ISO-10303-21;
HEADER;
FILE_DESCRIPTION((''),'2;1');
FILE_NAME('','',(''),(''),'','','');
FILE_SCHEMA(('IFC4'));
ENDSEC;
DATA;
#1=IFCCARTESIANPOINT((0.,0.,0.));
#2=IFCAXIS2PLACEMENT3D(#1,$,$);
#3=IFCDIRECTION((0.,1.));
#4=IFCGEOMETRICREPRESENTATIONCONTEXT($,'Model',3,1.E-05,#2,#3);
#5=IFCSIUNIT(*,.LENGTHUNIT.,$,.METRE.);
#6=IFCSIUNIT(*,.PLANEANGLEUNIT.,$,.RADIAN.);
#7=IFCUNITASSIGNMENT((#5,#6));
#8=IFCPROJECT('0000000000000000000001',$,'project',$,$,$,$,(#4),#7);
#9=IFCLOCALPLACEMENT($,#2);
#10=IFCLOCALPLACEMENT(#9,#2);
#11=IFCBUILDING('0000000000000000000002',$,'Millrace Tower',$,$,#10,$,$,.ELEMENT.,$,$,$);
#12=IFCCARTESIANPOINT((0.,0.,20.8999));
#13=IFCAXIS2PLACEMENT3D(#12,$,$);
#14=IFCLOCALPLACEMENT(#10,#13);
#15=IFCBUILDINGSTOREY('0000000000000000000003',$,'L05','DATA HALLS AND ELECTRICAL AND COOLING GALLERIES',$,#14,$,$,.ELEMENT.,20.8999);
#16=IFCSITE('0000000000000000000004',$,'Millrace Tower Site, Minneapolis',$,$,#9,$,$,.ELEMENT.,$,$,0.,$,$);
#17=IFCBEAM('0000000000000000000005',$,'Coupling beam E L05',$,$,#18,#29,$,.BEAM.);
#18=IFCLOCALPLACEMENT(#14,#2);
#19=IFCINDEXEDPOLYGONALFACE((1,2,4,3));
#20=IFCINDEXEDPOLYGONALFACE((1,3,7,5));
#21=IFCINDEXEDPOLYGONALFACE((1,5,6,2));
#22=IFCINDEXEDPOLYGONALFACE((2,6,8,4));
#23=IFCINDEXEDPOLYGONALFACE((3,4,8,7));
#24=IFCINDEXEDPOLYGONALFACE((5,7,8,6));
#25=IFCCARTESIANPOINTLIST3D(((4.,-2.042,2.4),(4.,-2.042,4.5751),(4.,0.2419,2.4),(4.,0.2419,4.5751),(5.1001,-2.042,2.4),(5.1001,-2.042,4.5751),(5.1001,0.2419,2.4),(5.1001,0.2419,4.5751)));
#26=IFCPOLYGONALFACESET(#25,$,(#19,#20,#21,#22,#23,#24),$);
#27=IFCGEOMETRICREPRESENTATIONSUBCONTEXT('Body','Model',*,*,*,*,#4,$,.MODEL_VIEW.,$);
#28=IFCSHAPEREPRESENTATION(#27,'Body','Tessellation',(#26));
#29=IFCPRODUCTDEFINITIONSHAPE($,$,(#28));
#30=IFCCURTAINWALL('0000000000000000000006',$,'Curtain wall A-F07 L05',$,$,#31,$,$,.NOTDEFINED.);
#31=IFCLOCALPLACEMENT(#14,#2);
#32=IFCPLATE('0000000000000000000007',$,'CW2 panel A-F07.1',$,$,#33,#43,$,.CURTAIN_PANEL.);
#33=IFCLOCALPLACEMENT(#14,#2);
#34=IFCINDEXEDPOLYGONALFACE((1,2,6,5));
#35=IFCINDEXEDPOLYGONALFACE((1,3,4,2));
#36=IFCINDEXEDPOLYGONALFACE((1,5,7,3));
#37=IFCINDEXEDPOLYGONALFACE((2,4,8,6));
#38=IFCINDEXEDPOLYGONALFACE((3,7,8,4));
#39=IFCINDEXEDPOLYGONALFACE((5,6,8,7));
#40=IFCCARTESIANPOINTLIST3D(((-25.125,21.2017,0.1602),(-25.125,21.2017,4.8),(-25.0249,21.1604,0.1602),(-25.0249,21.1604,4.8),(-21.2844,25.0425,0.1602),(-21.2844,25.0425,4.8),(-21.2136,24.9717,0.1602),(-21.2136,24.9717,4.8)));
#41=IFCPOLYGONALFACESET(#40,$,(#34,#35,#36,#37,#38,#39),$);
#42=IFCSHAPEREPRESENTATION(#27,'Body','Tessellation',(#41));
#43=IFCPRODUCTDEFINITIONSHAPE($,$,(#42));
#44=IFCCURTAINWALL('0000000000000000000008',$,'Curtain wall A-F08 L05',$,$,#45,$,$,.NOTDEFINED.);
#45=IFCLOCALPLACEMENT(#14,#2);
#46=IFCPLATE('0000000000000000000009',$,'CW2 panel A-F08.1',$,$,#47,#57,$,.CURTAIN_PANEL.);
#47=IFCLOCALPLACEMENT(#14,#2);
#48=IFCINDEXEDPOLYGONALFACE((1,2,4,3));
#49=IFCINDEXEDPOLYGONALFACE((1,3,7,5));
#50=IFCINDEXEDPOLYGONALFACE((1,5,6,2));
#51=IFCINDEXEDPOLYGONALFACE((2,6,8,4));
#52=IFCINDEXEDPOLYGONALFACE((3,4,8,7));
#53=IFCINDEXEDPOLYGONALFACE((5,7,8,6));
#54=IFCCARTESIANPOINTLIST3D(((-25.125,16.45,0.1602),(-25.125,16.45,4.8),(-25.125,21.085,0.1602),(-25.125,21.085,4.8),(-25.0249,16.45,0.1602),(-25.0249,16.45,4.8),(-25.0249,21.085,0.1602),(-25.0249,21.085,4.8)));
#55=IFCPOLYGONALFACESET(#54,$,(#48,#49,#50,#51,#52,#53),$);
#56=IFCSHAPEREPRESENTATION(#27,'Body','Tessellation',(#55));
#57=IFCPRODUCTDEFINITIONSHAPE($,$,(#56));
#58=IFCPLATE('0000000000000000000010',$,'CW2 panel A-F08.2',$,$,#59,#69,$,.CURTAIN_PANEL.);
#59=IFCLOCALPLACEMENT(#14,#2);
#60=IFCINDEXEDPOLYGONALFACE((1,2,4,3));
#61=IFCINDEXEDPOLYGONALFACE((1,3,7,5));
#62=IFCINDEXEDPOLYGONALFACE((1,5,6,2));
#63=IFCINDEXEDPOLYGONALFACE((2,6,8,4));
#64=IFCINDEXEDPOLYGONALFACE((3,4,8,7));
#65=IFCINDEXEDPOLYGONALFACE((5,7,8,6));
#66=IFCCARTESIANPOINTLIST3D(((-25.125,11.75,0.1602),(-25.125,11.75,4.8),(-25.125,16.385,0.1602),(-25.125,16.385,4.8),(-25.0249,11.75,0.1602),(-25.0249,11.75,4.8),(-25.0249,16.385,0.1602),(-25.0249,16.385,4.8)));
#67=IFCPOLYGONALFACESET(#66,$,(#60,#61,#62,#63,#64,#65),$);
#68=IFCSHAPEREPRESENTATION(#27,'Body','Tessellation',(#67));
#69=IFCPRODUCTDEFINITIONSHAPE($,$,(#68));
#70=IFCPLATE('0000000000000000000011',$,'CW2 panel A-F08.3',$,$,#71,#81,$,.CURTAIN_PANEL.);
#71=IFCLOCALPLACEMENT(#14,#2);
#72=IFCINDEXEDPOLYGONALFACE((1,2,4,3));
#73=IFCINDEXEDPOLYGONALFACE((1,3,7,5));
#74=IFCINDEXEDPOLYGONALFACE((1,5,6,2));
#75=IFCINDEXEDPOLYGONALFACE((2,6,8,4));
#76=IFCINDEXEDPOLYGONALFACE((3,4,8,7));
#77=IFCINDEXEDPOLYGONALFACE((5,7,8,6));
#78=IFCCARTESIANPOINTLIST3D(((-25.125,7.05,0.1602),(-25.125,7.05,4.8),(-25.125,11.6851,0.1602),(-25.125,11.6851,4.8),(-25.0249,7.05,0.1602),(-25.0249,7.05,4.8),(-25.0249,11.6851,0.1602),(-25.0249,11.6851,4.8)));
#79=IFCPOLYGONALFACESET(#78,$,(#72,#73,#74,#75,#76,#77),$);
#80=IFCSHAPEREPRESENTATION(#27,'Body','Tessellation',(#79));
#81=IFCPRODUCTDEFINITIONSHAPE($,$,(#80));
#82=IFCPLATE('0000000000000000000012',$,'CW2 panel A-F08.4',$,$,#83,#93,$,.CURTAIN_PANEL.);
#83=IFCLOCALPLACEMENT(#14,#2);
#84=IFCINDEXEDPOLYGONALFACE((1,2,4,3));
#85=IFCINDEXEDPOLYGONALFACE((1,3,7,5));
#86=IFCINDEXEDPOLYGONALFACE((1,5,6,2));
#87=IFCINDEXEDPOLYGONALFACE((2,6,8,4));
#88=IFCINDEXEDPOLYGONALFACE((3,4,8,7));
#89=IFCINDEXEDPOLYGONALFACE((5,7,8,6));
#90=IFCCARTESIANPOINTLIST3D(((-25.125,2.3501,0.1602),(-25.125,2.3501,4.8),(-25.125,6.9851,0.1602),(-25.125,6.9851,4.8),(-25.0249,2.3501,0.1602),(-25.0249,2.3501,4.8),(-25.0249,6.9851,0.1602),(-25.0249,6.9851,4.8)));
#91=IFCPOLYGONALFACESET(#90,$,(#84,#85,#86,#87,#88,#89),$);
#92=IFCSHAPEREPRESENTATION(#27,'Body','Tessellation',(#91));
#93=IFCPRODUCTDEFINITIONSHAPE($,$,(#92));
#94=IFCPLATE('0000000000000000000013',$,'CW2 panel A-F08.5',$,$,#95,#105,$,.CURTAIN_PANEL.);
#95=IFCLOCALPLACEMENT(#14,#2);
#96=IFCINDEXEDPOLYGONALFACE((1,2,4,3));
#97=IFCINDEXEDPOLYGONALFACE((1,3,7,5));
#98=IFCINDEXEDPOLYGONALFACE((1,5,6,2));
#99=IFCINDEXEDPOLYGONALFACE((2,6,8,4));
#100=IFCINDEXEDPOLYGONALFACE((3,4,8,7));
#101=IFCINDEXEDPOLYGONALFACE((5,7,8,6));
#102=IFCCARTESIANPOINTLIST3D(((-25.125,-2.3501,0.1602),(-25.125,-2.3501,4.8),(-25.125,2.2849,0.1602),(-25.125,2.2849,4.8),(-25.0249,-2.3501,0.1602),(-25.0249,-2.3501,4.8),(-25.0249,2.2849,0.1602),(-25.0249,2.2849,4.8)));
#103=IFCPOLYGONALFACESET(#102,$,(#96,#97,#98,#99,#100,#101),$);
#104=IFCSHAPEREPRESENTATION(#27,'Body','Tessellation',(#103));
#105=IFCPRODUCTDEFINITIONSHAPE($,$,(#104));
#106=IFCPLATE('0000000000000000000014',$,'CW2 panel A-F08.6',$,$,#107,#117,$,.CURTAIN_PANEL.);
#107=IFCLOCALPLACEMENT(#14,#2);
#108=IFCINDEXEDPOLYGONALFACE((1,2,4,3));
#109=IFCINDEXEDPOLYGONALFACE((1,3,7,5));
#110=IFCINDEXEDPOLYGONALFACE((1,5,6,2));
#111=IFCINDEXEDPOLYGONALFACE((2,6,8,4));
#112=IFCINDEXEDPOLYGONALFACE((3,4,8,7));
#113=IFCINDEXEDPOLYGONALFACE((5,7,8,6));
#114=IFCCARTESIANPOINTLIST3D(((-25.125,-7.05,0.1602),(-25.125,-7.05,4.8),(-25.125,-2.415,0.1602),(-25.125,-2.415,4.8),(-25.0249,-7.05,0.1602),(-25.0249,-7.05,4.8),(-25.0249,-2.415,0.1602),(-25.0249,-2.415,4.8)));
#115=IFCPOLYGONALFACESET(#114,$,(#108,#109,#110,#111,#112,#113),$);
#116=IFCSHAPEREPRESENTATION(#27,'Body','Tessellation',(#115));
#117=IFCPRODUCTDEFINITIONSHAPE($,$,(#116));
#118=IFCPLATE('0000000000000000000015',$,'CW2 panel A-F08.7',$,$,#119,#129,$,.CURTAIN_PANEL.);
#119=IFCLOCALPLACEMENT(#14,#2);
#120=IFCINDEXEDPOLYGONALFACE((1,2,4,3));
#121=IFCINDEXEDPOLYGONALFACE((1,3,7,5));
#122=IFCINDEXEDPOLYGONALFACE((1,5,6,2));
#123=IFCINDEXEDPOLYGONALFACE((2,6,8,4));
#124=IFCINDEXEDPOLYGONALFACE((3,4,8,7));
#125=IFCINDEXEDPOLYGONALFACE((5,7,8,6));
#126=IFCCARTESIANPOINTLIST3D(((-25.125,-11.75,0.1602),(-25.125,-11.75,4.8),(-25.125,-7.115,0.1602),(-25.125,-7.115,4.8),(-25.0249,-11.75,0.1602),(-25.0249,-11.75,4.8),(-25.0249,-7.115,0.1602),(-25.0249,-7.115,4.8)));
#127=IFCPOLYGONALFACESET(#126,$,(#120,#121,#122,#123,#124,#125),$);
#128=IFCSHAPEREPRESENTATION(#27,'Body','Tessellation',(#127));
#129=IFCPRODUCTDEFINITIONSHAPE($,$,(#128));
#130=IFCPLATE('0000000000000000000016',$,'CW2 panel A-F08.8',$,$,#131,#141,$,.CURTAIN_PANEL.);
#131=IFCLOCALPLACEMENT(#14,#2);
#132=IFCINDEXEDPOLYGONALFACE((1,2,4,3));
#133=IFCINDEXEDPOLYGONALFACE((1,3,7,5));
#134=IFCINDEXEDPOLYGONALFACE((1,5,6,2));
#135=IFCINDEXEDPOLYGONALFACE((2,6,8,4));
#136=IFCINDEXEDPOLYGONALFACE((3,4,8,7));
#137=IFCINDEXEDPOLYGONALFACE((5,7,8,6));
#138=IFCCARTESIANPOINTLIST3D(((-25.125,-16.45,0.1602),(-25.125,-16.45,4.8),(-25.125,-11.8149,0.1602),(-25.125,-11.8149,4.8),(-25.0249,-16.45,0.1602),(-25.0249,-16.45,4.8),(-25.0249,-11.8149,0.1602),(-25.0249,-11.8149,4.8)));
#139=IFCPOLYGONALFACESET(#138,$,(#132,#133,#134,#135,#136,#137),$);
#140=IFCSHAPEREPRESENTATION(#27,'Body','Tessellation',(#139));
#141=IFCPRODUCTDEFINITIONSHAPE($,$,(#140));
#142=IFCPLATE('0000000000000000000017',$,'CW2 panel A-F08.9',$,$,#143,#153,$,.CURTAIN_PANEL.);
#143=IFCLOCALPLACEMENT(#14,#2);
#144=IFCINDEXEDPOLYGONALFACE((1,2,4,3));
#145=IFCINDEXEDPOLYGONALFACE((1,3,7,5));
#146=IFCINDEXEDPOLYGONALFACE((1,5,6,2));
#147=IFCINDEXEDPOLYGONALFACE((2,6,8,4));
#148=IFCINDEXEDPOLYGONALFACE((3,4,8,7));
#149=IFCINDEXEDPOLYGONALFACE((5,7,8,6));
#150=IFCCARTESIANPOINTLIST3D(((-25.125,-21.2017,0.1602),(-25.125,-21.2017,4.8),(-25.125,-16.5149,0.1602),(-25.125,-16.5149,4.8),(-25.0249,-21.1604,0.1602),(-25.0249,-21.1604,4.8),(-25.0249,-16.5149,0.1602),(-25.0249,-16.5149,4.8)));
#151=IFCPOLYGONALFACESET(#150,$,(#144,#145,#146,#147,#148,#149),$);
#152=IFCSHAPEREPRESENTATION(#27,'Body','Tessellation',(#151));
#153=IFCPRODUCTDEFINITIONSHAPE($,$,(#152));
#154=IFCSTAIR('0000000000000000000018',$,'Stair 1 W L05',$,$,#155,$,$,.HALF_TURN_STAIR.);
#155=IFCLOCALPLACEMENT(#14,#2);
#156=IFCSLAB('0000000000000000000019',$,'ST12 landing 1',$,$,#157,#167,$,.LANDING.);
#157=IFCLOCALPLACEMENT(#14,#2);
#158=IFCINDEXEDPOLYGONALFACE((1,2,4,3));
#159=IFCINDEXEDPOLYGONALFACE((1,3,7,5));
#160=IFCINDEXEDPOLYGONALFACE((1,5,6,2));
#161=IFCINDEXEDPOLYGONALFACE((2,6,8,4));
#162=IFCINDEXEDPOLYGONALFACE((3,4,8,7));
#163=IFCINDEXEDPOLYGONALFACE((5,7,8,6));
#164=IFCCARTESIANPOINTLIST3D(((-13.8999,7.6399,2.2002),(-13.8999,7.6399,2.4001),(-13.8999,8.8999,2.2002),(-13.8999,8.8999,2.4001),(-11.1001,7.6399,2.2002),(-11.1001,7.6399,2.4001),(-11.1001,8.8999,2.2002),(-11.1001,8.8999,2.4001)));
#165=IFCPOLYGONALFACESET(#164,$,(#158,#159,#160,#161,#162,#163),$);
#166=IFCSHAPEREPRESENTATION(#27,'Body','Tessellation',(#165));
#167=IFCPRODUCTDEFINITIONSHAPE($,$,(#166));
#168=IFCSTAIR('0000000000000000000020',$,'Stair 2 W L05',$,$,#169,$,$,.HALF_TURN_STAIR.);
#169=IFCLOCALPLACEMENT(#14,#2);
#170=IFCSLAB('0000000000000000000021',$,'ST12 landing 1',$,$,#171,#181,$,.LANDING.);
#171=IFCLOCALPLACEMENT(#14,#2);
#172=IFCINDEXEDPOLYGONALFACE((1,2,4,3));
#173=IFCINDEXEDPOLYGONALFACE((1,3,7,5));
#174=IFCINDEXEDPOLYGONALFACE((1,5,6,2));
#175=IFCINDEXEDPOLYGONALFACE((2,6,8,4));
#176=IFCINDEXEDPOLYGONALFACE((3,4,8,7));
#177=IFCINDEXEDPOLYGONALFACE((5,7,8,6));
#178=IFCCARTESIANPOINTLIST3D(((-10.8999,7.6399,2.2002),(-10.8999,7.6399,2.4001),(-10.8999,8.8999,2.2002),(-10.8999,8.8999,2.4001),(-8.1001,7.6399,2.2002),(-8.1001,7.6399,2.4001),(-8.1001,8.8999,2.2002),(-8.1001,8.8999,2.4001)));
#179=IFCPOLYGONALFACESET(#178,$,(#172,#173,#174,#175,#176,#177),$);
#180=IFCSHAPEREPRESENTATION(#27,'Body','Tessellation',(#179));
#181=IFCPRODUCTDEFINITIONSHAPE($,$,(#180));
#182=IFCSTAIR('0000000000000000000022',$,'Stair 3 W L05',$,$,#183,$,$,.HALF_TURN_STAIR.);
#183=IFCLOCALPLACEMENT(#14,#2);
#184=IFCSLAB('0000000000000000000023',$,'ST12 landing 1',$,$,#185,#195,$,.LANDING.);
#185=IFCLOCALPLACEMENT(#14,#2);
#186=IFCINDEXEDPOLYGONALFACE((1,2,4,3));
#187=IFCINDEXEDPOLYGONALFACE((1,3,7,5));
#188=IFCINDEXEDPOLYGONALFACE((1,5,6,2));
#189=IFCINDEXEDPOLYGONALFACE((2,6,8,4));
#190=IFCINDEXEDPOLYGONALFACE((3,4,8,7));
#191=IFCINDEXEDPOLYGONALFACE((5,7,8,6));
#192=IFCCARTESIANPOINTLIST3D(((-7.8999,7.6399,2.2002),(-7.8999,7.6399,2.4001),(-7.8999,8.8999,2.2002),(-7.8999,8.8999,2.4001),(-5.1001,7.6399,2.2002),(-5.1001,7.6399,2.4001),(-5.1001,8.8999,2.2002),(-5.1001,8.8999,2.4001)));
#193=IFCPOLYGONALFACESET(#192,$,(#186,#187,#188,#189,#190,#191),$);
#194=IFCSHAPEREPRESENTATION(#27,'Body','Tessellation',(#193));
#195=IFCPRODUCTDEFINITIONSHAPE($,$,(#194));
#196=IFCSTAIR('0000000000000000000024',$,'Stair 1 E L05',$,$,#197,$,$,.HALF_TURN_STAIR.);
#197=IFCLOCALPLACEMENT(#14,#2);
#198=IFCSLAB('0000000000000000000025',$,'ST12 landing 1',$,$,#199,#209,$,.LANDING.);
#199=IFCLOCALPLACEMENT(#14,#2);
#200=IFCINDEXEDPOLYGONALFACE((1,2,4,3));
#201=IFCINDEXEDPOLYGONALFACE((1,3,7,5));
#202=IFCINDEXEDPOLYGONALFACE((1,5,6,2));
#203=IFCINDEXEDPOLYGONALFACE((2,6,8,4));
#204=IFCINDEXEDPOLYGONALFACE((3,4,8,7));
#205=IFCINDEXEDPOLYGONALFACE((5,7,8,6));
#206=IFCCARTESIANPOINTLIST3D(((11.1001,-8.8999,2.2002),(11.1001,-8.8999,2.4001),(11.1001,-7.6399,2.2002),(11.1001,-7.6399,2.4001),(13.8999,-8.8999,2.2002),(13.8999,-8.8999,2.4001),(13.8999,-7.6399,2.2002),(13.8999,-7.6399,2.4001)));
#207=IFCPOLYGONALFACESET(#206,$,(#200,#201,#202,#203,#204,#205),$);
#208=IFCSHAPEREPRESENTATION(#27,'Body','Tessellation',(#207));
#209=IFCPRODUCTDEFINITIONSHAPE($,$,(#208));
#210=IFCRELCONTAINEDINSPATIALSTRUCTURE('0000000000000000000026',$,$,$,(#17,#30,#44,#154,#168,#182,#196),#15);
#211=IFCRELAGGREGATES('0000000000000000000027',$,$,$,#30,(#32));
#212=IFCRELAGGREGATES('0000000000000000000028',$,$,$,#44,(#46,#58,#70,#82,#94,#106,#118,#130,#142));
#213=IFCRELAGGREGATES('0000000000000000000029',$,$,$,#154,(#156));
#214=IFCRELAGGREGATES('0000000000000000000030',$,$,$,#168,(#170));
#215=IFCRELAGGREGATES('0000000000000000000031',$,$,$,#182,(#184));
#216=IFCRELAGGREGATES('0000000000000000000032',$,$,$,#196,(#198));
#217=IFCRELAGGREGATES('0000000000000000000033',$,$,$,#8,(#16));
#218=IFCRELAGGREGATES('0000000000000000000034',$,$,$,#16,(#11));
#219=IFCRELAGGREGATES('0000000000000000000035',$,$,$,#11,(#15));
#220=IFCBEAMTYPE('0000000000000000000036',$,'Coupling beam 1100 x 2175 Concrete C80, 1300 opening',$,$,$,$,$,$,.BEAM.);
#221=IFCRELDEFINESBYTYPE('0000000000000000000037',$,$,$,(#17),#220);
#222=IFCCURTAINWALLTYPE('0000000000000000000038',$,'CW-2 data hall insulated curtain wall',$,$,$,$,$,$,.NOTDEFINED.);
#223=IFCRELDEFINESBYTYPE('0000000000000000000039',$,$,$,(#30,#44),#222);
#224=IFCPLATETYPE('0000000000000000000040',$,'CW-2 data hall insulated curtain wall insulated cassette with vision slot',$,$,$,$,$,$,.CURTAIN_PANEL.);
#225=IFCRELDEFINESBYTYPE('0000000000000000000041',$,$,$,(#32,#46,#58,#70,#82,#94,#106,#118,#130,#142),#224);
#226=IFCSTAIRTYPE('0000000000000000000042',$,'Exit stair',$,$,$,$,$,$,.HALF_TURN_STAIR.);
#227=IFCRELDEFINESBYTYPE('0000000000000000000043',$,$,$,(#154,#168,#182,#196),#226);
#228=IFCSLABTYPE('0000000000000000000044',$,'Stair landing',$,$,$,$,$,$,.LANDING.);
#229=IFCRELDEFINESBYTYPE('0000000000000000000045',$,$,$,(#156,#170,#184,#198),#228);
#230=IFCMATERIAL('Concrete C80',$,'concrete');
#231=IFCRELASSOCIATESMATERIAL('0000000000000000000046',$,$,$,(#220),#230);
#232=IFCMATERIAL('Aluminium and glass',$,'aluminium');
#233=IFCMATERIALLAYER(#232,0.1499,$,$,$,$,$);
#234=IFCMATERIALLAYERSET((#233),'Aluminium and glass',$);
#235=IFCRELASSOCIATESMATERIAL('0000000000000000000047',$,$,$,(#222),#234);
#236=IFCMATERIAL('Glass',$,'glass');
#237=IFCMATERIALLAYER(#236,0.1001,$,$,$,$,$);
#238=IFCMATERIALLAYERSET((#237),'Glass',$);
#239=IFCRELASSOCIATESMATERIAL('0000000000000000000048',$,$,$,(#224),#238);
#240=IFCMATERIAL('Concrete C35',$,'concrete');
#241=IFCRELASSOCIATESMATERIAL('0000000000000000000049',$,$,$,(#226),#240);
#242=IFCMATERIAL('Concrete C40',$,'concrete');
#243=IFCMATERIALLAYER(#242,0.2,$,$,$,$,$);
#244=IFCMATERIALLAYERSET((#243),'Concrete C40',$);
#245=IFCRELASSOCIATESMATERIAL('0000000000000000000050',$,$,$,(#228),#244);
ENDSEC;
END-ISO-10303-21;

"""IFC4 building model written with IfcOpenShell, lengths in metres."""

from ifc_helpers import new_model, si_unit, direction, frame, origin, origin_2d, place, context, subcontext, project, spatial, polyline, rectangle, outline, extrude, material, layer, layer_set, material_profile, profile_set, type_object, element, aggregate, save


model = new_model("IFC4")

# Units and contexts
model_context = context("Model", 3, precision=1e-05, world=origin(), true_north=direction((0.0, 1.0)))
body_context = subcontext(model_context, "Body", "Model", "MODEL_VIEW")
ifc_project = project(units=[si_unit("LENGTHUNIT", "METRE"), si_unit("PLANEANGLEUNIT", "RADIAN")], contexts=[model_context])

# Site, building, storey
site_placement = place(None, origin())
site = spatial("IfcSite", under=ifc_project, at=site_placement, Name="Millrace Tower Site, Minneapolis", CompositionType="ELEMENT", RefElevation=0.0)
building_placement = place(site_placement, origin())
building = spatial("IfcBuilding", under=site, at=building_placement, Name="Millrace Tower", CompositionType="ELEMENT")
storey_placement = place(building_placement, frame((0.0, 0.0, 20.8999)))
storey = spatial("IfcBuildingStorey", under=building, at=storey_placement, Name="L05", Description="DATA HALLS AND ELECTRICAL AND COOLING GALLERIES", CompositionType="ELEMENT", Elevation=20.8999)

# Beam
ifc_material_1 = material(Name="Concrete C80", Category="concrete")
ifc_material_profile = material_profile(ifc_material_1, rectangle(XDim=1.1001, YDim=2.175, at=origin_2d()))
ifc_profile_set = profile_set([ifc_material_profile], Name="Concrete C80")
beam_type = type_object("IfcBeamType", Name="Coupling beam 1100 x 2175 Concrete C80, 1300 opening", PredefinedType="BEAM", material=ifc_profile_set)
beam_placement = place(storey_placement, frame((4.55, 0.2419, 3.4875), z_axis=(0.0, -1.0, 0.0), x_axis=(1.0, 0.0, 0.0)))
element("IfcBeam", 1, at=beam_placement, inside=storey, type_object=beam_type, Name="Coupling beam E L05", PredefinedType="BEAM", context=body_context, shape_type="SweptSolid", body=[
    extrude(rectangle(XDim=1.1001, YDim=2.175, at=origin_2d()), origin(), (0.0, 0.0, 1.0), 2.2839),
])

# Curtain wall, plate
ifc_material_2 = material(Name="Aluminium and glass", Category="aluminium")
ifc_layer_1 = layer(ifc_material_2, 0.1499)
ifc_layer_set_1 = layer_set([ifc_layer_1], Name="Aluminium and glass")
curtain_wall_type = type_object("IfcCurtainWallType", Name="CW-2 data hall insulated curtain wall", PredefinedType="NOTDEFINED", material=ifc_layer_set_1)
placement_1 = place(storey_placement, origin())
curtain_wall_1 = element("IfcCurtainWall", 2, at=placement_1, inside=storey, type_object=curtain_wall_type, Name="Curtain wall A-F07 L05", PredefinedType="NOTDEFINED")
ifc_material_3 = material(Name="Glass", Category="glass")
ifc_layer_2 = layer(ifc_material_3, 0.1001)
ifc_layer_set_2 = layer_set([ifc_layer_2], Name="Glass")
plate_type = type_object("IfcPlateType", Name="CW-2 data hall insulated curtain wall insulated cassette with vision slot", PredefinedType="CURTAIN_PANEL", material=ifc_layer_set_2)
placement_2 = place(storey_placement, frame((0.0, 0.0, 0.1602)))
plate_1 = element("IfcPlate", 3, at=placement_2, type_object=plate_type, Name="CW2 panel A-F07.1", PredefinedType="CURTAIN_PANEL", context=body_context, shape_type="SweptSolid", body=[
    extrude(outline(polyline([(-21.2844, 25.0425), (-25.125, 21.2017), (-25.0249, 21.1604), (-21.2136, 24.9717), (-21.2844, 25.0425)])), origin(), (0.0, 0.0, 1.0), 4.6399),
])
aggregate(curtain_wall_1, [plate_1])

# Curtain wall, plates
curtain_wall_2 = element("IfcCurtainWall", 4, at=placement_1, inside=storey, type_object=curtain_wall_type, Name="Curtain wall A-F08 L05", PredefinedType="NOTDEFINED")
plate_2 = element("IfcPlate", 5, at=placement_2, type_object=plate_type, Name="CW2 panel A-F08.1", PredefinedType="CURTAIN_PANEL", context=body_context, shape_type="SweptSolid", body=[
    extrude(outline(polyline([(-25.125, 21.085), (-25.125, 16.45), (-25.0249, 16.45), (-25.0249, 21.085), (-25.125, 21.085)])), origin(), (0.0, 0.0, 1.0), 4.6399),
])
plate_3 = element("IfcPlate", 6, at=placement_2, type_object=plate_type, Name="CW2 panel A-F08.2", PredefinedType="CURTAIN_PANEL", context=body_context, shape_type="SweptSolid", body=[
    extrude(outline(polyline([(-25.125, 16.385), (-25.125, 11.75), (-25.0249, 11.75), (-25.0249, 16.385), (-25.125, 16.385)])), origin(), (0.0, 0.0, 1.0), 4.6399),
])
plate_4 = element("IfcPlate", 7, at=placement_2, type_object=plate_type, Name="CW2 panel A-F08.3", PredefinedType="CURTAIN_PANEL", context=body_context, shape_type="SweptSolid", body=[
    extrude(outline(polyline([(-25.125, 11.6851), (-25.125, 7.05), (-25.0249, 7.05), (-25.0249, 11.6851), (-25.125, 11.6851)])), origin(), (0.0, 0.0, 1.0), 4.6399),
])
plate_5 = element("IfcPlate", 8, at=placement_2, type_object=plate_type, Name="CW2 panel A-F08.4", PredefinedType="CURTAIN_PANEL", context=body_context, shape_type="SweptSolid", body=[
    extrude(outline(polyline([(-25.125, 6.9851), (-25.125, 2.3501), (-25.0249, 2.3501), (-25.0249, 6.9851), (-25.125, 6.9851)])), origin(), (0.0, 0.0, 1.0), 4.6399),
])
plate_6 = element("IfcPlate", 9, at=placement_2, type_object=plate_type, Name="CW2 panel A-F08.5", PredefinedType="CURTAIN_PANEL", context=body_context, shape_type="SweptSolid", body=[
    extrude(outline(polyline([(-25.125, 2.2849), (-25.125, -2.3501), (-25.0249, -2.3501), (-25.0249, 2.2849), (-25.125, 2.2849)])), origin(), (0.0, 0.0, 1.0), 4.6399),
])
plate_7 = element("IfcPlate", 10, at=placement_2, type_object=plate_type, Name="CW2 panel A-F08.6", PredefinedType="CURTAIN_PANEL", context=body_context, shape_type="SweptSolid", body=[
    extrude(outline(polyline([(-25.125, -2.415), (-25.125, -7.05), (-25.0249, -7.05), (-25.0249, -2.415), (-25.125, -2.415)])), origin(), (0.0, 0.0, 1.0), 4.6399),
])
plate_8 = element("IfcPlate", 11, at=placement_2, type_object=plate_type, Name="CW2 panel A-F08.7", PredefinedType="CURTAIN_PANEL", context=body_context, shape_type="SweptSolid", body=[
    extrude(outline(polyline([(-25.125, -7.115), (-25.125, -11.75), (-25.0249, -11.75), (-25.0249, -7.115), (-25.125, -7.115)])), origin(), (0.0, 0.0, 1.0), 4.6399),
])
plate_9 = element("IfcPlate", 12, at=placement_2, type_object=plate_type, Name="CW2 panel A-F08.8", PredefinedType="CURTAIN_PANEL", context=body_context, shape_type="SweptSolid", body=[
    extrude(outline(polyline([(-25.125, -11.8149), (-25.125, -16.45), (-25.0249, -16.45), (-25.0249, -11.8149), (-25.125, -11.8149)])), origin(), (0.0, 0.0, 1.0), 4.6399),
])
plate_10 = element("IfcPlate", 13, at=placement_2, type_object=plate_type, Name="CW2 panel A-F08.9", PredefinedType="CURTAIN_PANEL", context=body_context, shape_type="SweptSolid", body=[
    extrude(outline(polyline([(-25.125, -16.5149), (-25.125, -21.2017), (-25.0249, -21.1604), (-25.0249, -16.5149), (-25.125, -16.5149)])), origin(), (0.0, 0.0, 1.0), 4.6399),
])
aggregate(curtain_wall_2, [plate_2, plate_3, plate_4, plate_5, plate_6, plate_7, plate_8, plate_9, plate_10])

# Stairs, slabs
ifc_material_4 = material(Name="Concrete C35", Category="concrete")
stair_type = type_object("IfcStairType", Name="Exit stair", PredefinedType="HALF_TURN_STAIR", material=ifc_material_4)
stair_1 = element("IfcStair", 14, at=placement_1, inside=storey, type_object=stair_type, Name="Stair 1 W L05", PredefinedType="HALF_TURN_STAIR")
ifc_material_5 = material(Name="Concrete C40", Category="concrete")
ifc_layer_3 = layer(ifc_material_5, 0.2)
ifc_layer_set_3 = layer_set([ifc_layer_3], Name="Concrete C40")
slab_type = type_object("IfcSlabType", Name="Stair landing", PredefinedType="LANDING", material=ifc_layer_set_3)
placement_3 = place(storey_placement, frame((0.0, 0.0, 2.2002)))
slab_1 = element("IfcSlab", 15, at=placement_3, type_object=slab_type, Name="ST12 landing 1", PredefinedType="LANDING", context=body_context, shape_type="SweptSolid", body=[
    extrude(outline(polyline([(-13.8999, 7.6399), (-11.1001, 7.6399), (-11.1001, 8.8999), (-13.8999, 8.8999), (-13.8999, 7.6399)])), origin(), (0.0, 0.0, 1.0), 0.2),
])
aggregate(stair_1, [slab_1])
stair_2 = element("IfcStair", 16, at=placement_1, inside=storey, type_object=stair_type, Name="Stair 2 W L05", PredefinedType="HALF_TURN_STAIR")
slab_2 = element("IfcSlab", 17, at=placement_3, type_object=slab_type, Name="ST12 landing 1", PredefinedType="LANDING", context=body_context, shape_type="SweptSolid", body=[
    extrude(outline(polyline([(-10.8999, 7.6399), (-8.1001, 7.6399), (-8.1001, 8.8999), (-10.8999, 8.8999), (-10.8999, 7.6399)])), origin(), (0.0, 0.0, 1.0), 0.2),
])
aggregate(stair_2, [slab_2])
stair_3 = element("IfcStair", 18, at=placement_1, inside=storey, type_object=stair_type, Name="Stair 3 W L05", PredefinedType="HALF_TURN_STAIR")
slab_3 = element("IfcSlab", 19, at=placement_3, type_object=slab_type, Name="ST12 landing 1", PredefinedType="LANDING", context=body_context, shape_type="SweptSolid", body=[
    extrude(outline(polyline([(-7.8999, 7.6399), (-5.1001, 7.6399), (-5.1001, 8.8999), (-7.8999, 8.8999), (-7.8999, 7.6399)])), origin(), (0.0, 0.0, 1.0), 0.2),
])
aggregate(stair_3, [slab_3])
stair_4 = element("IfcStair", 20, at=placement_1, inside=storey, type_object=stair_type, Name="Stair 1 E L05", PredefinedType="HALF_TURN_STAIR")
slab_4 = element("IfcSlab", 21, at=placement_3, type_object=slab_type, Name="ST12 landing 1", PredefinedType="LANDING", context=body_context, shape_type="SweptSolid", body=[
    extrude(outline(polyline([(11.1001, -8.8999), (13.8999, -8.8999), (13.8999, -7.6399), (11.1001, -7.6399), (11.1001, -8.8999)])), origin(), (0.0, 0.0, 1.0), 0.2),
])
aggregate(stair_4, [slab_4])

save(model, "model.ifc")
